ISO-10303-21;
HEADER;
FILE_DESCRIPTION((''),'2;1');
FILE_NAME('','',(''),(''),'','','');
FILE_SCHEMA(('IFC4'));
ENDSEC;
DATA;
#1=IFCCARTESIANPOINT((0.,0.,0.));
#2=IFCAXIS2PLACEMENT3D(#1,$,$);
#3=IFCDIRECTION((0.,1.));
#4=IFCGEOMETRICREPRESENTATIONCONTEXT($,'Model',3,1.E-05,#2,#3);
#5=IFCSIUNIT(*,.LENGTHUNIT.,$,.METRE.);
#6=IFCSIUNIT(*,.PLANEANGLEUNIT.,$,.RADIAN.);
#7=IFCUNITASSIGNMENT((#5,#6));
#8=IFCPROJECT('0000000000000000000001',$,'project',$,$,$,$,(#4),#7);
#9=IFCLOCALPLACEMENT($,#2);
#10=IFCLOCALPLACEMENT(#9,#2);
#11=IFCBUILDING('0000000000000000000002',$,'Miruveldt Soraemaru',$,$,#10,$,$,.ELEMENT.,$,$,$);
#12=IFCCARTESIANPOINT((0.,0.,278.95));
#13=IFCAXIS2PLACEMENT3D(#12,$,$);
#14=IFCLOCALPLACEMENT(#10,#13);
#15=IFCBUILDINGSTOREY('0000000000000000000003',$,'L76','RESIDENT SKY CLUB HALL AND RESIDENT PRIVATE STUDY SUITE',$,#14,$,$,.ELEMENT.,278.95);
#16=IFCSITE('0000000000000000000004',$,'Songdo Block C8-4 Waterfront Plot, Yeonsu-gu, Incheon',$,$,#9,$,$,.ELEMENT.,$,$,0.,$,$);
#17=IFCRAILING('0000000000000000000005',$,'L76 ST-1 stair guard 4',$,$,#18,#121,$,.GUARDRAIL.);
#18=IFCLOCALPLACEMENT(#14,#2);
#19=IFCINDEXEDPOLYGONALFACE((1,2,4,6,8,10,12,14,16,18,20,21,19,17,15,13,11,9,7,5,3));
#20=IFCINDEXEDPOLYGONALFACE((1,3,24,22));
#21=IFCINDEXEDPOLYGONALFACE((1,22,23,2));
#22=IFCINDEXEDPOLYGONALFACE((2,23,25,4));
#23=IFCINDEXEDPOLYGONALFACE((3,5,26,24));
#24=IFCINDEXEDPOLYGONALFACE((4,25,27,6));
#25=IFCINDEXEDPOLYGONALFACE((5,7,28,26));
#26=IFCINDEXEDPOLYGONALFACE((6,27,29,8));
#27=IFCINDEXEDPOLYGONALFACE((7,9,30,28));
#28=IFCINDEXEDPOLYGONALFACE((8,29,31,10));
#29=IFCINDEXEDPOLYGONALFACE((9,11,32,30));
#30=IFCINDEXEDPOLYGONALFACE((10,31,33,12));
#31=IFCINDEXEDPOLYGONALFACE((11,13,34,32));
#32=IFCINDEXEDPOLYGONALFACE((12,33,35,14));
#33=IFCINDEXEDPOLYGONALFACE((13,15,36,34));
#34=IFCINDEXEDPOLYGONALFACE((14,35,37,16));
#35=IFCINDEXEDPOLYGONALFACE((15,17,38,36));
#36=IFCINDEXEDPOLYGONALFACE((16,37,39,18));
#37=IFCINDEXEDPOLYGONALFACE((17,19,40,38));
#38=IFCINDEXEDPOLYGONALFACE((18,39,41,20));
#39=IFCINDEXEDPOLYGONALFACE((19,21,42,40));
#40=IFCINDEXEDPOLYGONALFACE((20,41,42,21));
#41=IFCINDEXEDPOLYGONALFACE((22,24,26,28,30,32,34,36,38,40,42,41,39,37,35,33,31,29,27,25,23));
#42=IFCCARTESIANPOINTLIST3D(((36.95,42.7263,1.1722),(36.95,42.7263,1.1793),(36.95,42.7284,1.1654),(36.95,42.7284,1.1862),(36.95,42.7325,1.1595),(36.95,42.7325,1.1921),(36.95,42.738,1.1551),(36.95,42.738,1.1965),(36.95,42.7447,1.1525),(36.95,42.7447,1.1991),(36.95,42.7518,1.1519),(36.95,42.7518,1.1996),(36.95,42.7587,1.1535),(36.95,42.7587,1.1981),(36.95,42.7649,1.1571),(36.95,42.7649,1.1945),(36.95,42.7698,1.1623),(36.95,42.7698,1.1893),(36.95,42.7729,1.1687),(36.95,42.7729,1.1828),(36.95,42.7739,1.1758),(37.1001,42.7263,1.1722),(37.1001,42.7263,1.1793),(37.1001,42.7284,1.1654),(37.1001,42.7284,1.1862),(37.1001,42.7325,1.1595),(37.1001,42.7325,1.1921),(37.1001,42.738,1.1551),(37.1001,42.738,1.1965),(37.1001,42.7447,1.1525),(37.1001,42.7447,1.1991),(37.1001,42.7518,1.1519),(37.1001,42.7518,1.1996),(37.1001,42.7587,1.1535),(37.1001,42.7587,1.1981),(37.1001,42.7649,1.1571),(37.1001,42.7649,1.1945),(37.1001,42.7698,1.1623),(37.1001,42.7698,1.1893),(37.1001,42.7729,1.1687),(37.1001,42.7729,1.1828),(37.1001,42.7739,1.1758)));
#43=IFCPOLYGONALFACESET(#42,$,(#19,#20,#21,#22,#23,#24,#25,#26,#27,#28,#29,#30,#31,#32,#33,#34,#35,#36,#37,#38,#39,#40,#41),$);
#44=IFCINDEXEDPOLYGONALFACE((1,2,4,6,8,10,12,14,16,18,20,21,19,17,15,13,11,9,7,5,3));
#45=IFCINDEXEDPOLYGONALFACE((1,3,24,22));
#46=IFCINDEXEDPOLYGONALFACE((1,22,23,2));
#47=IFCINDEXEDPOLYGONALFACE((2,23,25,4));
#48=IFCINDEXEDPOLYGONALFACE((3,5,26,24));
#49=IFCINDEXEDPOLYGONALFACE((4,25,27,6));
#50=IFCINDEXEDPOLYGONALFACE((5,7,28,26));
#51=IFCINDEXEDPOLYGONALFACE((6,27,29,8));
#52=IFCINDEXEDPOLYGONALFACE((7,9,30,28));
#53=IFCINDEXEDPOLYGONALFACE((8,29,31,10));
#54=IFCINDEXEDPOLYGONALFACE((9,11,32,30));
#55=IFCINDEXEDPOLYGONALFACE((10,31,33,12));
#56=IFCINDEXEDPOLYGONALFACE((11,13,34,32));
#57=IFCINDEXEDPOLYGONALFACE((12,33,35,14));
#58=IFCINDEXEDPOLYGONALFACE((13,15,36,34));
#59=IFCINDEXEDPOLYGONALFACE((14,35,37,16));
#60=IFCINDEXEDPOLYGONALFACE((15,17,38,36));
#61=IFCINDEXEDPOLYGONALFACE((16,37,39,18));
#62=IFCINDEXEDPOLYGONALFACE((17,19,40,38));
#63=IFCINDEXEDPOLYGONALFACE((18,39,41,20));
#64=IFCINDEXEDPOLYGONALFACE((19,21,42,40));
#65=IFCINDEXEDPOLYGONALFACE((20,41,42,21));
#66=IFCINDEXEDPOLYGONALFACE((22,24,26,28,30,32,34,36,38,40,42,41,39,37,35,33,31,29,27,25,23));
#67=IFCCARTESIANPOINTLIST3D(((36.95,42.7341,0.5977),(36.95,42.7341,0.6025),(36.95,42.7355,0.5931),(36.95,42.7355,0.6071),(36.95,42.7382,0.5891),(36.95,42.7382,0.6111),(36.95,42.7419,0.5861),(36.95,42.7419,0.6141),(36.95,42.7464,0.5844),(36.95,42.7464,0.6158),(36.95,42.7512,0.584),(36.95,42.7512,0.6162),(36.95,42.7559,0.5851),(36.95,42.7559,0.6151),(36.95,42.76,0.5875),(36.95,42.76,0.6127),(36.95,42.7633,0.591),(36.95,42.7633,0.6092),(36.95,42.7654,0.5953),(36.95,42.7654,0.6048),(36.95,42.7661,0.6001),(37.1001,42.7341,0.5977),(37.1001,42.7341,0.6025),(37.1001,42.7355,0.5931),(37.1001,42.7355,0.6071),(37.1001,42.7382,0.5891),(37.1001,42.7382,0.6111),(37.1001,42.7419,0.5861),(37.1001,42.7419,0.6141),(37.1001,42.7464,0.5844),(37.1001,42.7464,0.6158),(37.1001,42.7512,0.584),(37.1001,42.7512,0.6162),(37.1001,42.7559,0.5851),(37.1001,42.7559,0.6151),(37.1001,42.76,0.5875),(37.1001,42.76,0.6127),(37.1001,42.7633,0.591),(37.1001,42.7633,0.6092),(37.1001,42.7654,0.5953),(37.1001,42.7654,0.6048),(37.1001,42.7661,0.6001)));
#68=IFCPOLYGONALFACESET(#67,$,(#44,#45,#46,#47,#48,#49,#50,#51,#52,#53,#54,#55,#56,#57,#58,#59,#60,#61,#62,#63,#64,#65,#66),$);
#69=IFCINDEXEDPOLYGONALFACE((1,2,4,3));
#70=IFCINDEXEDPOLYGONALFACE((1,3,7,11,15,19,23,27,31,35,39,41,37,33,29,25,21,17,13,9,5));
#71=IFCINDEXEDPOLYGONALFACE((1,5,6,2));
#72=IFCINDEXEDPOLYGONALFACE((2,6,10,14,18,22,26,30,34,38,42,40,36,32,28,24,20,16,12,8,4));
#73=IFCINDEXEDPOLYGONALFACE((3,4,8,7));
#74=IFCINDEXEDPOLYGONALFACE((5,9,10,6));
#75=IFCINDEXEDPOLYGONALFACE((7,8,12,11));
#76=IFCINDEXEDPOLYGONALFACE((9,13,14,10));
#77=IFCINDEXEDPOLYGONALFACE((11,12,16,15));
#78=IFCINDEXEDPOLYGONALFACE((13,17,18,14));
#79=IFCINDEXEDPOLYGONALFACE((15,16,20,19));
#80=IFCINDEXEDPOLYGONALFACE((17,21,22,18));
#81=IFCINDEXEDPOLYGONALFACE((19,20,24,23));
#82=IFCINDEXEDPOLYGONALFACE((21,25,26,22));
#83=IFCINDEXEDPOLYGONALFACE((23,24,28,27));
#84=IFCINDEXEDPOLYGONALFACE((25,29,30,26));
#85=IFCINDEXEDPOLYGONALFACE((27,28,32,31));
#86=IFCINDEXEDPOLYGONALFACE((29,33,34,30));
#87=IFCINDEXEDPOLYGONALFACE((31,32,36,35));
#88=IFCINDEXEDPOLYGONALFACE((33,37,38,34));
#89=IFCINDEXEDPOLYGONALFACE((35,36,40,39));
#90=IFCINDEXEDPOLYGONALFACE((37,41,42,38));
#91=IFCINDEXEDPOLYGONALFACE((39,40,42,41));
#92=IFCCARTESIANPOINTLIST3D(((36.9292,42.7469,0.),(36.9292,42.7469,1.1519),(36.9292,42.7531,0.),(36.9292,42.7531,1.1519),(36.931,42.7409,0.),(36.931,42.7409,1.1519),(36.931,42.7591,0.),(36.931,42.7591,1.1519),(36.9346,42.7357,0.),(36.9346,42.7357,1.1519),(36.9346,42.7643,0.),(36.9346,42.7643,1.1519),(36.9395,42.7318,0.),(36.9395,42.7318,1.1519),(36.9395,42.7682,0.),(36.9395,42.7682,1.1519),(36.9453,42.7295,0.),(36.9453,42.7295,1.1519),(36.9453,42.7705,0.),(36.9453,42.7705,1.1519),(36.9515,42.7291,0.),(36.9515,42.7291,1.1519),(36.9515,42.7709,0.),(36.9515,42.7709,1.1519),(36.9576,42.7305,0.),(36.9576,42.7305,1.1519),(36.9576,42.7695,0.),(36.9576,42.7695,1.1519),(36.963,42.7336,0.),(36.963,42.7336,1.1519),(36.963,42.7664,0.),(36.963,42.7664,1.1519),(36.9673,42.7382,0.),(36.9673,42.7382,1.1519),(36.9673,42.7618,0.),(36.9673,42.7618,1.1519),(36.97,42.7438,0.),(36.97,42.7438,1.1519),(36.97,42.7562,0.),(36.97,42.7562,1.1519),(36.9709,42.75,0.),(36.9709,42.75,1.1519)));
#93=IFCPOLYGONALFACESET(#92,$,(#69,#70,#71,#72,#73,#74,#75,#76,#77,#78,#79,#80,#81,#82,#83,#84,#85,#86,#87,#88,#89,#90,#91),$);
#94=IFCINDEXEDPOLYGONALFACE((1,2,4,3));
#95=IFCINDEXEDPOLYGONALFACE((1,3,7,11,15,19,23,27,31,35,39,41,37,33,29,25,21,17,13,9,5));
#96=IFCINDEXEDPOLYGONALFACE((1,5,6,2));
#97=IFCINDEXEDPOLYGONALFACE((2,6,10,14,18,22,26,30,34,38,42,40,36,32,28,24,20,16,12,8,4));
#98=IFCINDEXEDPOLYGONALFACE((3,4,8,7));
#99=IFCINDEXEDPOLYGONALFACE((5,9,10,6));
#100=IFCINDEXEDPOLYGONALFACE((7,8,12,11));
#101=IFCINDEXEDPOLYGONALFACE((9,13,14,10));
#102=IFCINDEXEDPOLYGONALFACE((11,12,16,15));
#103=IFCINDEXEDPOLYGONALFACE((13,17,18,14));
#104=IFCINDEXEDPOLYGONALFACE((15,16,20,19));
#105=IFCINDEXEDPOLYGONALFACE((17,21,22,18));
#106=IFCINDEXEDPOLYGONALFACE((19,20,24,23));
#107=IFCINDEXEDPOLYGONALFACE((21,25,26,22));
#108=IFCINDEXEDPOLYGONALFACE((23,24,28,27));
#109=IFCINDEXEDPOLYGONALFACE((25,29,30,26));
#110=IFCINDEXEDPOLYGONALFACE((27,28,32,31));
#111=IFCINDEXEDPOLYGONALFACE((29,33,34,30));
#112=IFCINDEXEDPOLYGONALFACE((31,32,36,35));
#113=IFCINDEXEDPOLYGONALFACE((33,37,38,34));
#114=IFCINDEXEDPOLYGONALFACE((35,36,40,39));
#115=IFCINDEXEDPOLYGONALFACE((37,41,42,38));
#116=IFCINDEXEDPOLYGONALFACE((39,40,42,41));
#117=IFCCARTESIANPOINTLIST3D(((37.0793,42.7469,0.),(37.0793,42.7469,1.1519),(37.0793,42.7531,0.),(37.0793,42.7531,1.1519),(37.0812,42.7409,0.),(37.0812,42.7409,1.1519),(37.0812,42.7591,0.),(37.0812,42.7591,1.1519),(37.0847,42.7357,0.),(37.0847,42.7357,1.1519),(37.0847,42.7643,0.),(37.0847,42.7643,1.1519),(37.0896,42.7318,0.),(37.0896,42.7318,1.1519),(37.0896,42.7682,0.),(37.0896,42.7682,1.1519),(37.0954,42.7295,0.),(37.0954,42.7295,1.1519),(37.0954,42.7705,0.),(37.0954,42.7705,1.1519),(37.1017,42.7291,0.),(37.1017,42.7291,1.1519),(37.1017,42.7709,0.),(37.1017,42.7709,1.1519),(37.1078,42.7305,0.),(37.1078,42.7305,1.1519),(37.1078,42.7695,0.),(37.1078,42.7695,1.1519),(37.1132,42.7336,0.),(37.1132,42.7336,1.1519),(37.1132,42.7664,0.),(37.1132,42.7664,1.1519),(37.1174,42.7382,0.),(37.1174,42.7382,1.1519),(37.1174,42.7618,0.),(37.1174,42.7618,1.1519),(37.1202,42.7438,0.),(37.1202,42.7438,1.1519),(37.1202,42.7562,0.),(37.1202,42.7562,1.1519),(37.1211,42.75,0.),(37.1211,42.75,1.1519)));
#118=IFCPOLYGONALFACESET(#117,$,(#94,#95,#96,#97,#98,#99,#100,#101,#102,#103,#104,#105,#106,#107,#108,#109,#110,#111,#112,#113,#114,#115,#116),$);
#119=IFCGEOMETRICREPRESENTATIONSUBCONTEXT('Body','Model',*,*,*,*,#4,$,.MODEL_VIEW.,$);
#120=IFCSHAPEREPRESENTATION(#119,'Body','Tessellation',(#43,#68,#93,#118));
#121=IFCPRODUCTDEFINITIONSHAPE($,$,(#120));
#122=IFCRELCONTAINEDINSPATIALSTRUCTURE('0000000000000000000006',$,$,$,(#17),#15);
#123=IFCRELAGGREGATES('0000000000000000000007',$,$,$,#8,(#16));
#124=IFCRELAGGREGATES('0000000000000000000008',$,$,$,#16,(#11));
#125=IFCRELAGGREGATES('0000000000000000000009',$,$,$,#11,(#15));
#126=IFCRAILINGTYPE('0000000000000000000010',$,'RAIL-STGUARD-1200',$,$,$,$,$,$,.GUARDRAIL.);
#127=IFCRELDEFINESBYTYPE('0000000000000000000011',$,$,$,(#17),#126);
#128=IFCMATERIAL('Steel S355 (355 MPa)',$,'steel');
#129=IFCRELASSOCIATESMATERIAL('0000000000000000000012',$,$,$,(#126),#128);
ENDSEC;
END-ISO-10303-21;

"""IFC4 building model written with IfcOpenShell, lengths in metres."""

from ifc_helpers import new_model, si_unit, direction, frame, origin, origin_2d, place, context, subcontext, project, spatial, circle, extrude, material, type_object, element, save


model = new_model("IFC4")

# Units and contexts
model_context = context("Model", 3, precision=1e-05, world=origin(), true_north=direction((0.0, 1.0)))
body_context = subcontext(model_context, "Body", "Model", "MODEL_VIEW")
ifc_project = project(units=[si_unit("LENGTHUNIT", "METRE"), si_unit("PLANEANGLEUNIT", "RADIAN")], contexts=[model_context])

# Site, building, storey
site_placement = place(None, origin())
site = spatial("IfcSite", under=ifc_project, at=site_placement, Name="Songdo Block C8-4 Waterfront Plot, Yeonsu-gu, Incheon", CompositionType="ELEMENT", RefElevation=0.0)
building_placement = place(site_placement, origin())
building = spatial("IfcBuilding", under=site, at=building_placement, Name="Miruveldt Soraemaru", CompositionType="ELEMENT")
storey_placement = place(building_placement, frame((0.0, 0.0, 278.95)))
storey = spatial("IfcBuildingStorey", under=building, at=storey_placement, Name="L76", Description="RESIDENT SKY CLUB HALL AND RESIDENT PRIVATE STUDY SUITE", CompositionType="ELEMENT", Elevation=278.95)

# Railing
ifc_material_1 = material(Name="Steel S355 (355 MPa)", Category="steel")
railing_type_1 = type_object("IfcRailingType", Name="RAIL-STGUARD-1200", PredefinedType="GUARDRAIL", material=ifc_material_1)
railing_1_placement = place(storey_placement, frame((36.95, 42.75, 0.0)))
element("IfcRailing", 1, at=railing_1_placement, inside=storey, type_object=railing_type_1, Name="L76 ST-1 stair guard 4", PredefinedType="GUARDRAIL", context=body_context, shape_type="SweptSolid", body=[
    extrude(circle(Radius=0.0239, at=origin_2d()), frame((0.0, 0.0, 1.1758), z_axis=(1.0, 0.0, 0.0), x_axis=(0.0, 1.0, 0.0)), (0.0, 0.0, 1.0), 0.1501),
    extrude(circle(Radius=0.0161, at=origin_2d()), frame((0.0, 0.0, 0.6001), z_axis=(1.0, 0.0, 0.0), x_axis=(0.0, 1.0, 0.0)), (0.0, 0.0, 1.0), 0.1501),
    extrude(circle(Radius=0.021, at=origin_2d()), origin(), (0.0, 0.0, 1.0), 1.1519),
    extrude(circle(Radius=0.021, at=origin_2d()), frame((0.1501, 0.0, 0.0)), (0.0, 0.0, 1.0), 1.1519),
])

save(model, "model.ifc")
